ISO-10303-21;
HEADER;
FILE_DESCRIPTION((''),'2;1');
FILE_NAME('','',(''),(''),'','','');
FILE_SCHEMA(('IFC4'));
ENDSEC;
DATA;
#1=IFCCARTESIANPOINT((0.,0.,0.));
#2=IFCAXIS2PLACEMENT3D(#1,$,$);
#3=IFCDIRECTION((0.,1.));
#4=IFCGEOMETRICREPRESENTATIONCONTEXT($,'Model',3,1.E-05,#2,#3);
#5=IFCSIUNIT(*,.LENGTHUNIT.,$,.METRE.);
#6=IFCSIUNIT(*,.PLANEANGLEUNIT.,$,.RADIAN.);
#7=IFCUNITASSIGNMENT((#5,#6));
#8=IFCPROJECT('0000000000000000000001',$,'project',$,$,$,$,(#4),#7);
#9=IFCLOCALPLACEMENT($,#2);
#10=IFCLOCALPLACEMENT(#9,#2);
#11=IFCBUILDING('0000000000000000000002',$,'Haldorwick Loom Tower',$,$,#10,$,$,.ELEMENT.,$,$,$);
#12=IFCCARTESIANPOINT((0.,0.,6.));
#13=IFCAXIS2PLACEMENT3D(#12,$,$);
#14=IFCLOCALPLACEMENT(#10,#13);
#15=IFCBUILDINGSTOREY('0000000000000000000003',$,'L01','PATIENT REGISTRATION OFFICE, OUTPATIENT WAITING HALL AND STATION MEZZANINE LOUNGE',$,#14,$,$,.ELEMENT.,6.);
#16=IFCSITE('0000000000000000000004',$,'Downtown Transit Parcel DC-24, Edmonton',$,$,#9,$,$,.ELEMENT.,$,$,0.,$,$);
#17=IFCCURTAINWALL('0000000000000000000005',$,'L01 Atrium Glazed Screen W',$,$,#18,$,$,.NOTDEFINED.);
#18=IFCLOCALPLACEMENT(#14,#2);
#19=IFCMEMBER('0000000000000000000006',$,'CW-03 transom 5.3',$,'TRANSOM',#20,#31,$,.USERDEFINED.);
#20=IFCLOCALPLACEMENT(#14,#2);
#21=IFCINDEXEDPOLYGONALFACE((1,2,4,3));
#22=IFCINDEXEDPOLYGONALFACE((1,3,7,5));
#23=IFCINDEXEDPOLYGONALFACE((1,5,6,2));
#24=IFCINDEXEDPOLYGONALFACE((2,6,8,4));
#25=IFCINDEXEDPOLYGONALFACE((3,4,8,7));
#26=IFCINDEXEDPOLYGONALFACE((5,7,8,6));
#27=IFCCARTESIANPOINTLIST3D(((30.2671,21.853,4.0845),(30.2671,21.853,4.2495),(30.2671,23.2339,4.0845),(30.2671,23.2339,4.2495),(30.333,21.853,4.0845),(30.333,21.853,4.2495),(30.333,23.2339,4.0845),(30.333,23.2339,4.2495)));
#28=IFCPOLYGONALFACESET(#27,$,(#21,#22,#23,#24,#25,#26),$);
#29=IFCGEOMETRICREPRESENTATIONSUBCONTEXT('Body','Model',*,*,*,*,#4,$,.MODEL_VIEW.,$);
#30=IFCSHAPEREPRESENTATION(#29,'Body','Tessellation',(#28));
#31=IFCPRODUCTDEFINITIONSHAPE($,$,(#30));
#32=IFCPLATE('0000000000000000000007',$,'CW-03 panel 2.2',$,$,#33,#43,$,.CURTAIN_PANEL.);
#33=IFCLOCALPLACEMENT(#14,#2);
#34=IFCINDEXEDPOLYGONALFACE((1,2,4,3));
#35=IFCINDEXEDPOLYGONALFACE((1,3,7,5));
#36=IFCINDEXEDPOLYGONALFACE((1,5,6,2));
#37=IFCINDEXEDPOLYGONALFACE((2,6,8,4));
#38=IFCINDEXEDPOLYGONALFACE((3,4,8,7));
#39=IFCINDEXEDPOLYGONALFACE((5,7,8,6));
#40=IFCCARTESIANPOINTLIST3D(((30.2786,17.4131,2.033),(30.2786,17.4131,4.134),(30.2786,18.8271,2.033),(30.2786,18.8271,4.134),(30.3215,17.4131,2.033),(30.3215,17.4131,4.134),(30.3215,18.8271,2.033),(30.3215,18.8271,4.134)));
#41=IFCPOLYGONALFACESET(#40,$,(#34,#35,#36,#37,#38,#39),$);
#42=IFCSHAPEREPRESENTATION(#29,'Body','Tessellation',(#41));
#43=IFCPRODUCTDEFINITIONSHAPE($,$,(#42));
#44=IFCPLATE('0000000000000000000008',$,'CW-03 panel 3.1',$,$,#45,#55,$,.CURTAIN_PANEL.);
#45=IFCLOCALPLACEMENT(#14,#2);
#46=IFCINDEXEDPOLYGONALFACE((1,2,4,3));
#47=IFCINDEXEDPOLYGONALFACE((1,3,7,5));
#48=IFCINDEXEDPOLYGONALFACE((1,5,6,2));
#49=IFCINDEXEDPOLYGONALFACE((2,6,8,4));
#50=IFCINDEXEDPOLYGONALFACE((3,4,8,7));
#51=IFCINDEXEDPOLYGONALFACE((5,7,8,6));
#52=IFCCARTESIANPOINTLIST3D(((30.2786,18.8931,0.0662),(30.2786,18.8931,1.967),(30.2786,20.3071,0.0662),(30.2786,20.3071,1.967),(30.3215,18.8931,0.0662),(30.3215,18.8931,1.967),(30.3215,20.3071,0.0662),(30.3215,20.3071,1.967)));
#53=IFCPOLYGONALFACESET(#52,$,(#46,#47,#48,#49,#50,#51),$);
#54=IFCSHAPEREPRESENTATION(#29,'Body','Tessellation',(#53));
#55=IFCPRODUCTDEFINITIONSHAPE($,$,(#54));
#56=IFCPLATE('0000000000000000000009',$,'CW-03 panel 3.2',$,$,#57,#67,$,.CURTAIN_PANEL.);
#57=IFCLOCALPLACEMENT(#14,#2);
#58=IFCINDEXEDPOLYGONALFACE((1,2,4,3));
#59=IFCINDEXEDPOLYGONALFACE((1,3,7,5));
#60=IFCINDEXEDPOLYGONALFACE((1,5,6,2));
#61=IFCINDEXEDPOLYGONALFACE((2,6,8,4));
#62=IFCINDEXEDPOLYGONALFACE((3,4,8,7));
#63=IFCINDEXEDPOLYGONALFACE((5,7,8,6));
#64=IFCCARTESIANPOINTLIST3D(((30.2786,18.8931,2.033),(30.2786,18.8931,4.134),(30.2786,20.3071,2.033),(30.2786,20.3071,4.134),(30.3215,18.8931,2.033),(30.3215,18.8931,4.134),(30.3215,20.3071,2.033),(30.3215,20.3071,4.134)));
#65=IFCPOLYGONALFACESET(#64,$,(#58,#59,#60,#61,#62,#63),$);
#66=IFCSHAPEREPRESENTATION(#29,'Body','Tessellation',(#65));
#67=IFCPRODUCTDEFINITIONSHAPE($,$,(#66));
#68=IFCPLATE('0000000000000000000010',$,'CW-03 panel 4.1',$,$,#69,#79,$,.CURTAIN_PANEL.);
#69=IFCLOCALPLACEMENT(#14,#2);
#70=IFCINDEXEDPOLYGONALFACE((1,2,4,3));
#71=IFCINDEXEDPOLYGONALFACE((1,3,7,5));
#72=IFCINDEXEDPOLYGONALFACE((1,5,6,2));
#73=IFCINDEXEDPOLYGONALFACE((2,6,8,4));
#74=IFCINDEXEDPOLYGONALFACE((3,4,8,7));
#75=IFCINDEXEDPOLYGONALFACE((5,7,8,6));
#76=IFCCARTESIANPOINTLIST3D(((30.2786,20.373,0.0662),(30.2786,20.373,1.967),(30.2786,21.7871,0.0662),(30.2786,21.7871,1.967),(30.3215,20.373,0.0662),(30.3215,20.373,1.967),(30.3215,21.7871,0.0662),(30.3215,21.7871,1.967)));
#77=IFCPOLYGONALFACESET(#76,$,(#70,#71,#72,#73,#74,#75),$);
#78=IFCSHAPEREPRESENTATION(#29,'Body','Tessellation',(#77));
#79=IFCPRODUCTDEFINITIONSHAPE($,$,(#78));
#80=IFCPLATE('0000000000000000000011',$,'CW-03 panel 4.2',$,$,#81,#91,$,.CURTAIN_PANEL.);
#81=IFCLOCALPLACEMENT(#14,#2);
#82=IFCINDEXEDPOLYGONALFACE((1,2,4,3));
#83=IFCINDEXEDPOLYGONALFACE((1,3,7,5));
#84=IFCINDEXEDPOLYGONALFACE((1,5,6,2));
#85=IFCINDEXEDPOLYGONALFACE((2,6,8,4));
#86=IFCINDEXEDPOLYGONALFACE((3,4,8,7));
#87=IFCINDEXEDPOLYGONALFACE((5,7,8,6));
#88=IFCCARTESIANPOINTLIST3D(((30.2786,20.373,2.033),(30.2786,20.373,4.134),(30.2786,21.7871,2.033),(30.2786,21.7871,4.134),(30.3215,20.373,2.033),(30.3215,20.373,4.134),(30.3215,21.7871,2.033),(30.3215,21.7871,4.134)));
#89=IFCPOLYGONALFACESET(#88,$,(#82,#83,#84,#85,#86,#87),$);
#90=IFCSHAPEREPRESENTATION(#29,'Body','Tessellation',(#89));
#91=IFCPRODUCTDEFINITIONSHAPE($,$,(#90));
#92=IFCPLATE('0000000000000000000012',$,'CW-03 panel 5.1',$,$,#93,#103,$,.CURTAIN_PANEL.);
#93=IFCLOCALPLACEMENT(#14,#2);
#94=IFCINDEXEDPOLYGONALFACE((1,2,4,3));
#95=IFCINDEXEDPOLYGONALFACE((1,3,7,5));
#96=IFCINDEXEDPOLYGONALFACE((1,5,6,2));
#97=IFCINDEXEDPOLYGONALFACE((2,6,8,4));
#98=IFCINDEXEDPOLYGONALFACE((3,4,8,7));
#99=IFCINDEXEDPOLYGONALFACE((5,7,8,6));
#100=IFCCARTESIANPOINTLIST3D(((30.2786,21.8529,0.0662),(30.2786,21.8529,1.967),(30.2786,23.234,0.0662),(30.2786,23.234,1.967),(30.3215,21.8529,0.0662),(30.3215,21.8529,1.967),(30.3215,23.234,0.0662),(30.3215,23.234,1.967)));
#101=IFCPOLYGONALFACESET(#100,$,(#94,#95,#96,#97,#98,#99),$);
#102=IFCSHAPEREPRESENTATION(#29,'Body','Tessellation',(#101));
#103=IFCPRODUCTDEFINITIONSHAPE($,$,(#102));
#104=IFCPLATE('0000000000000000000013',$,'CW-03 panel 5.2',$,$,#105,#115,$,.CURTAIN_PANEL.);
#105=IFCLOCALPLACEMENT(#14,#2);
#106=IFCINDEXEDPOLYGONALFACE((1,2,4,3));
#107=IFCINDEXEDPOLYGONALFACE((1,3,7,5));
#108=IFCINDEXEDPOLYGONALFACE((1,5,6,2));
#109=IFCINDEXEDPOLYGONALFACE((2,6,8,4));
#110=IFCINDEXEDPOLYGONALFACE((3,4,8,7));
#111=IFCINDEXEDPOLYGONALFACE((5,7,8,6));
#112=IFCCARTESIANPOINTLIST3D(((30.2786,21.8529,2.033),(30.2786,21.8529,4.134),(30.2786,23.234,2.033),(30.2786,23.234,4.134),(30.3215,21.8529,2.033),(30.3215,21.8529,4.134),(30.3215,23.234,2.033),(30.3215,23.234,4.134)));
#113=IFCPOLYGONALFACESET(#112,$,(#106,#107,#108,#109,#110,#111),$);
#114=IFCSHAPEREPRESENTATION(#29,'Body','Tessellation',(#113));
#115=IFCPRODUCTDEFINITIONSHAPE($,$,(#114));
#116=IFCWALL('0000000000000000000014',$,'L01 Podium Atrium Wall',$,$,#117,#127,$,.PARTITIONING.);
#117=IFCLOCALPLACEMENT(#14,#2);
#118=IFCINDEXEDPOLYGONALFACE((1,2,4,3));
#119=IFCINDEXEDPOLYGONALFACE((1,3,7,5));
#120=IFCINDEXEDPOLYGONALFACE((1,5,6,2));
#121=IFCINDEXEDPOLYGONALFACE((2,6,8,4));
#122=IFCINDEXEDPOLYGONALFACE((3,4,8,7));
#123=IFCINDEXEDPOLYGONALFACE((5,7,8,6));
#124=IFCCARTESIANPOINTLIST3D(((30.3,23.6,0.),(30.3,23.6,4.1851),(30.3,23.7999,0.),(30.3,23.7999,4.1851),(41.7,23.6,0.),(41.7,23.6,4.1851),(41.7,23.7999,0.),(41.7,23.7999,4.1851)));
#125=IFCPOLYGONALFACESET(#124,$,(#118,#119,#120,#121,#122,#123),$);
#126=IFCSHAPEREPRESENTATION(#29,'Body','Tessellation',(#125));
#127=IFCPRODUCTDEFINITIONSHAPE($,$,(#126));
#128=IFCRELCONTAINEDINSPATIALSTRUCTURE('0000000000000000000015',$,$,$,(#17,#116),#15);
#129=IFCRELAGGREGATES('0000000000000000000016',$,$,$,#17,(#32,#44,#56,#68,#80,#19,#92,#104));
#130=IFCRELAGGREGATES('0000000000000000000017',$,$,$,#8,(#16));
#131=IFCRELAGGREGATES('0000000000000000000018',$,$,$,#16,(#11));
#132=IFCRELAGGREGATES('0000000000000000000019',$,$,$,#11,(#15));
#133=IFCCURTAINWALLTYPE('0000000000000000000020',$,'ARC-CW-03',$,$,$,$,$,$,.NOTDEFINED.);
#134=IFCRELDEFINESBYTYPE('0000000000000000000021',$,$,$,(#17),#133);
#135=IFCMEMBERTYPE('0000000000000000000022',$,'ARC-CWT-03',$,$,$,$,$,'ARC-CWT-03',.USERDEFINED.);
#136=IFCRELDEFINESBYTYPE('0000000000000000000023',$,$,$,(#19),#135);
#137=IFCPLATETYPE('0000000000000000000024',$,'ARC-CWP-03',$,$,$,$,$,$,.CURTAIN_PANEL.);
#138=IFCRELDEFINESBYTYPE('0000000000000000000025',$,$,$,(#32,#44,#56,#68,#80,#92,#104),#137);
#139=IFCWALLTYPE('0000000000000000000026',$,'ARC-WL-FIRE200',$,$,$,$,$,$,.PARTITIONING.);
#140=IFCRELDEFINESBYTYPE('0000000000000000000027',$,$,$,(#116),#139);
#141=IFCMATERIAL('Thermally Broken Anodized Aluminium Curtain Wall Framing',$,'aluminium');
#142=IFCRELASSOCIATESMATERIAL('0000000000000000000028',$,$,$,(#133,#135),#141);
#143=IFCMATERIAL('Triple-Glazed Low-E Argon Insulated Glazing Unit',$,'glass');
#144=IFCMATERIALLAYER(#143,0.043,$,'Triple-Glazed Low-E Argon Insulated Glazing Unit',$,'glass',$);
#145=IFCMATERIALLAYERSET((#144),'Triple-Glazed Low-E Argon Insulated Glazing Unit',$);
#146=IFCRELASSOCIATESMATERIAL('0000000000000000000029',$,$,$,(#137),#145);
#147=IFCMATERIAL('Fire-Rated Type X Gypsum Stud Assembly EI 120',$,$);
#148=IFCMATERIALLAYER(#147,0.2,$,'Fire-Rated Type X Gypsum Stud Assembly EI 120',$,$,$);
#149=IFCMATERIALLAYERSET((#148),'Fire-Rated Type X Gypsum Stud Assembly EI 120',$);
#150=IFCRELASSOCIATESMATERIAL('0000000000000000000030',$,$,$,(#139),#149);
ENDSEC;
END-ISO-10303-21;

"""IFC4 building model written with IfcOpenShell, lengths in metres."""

from ifc_helpers import new_model, si_unit, direction, frame, frame_2d, origin, origin_2d, place, context, subcontext, project, spatial, rectangle, extrude, material, layer, layer_set, material_profile, profile_set, type_object, element, aggregate, save


model = new_model("IFC4")

# Units and contexts
model_context = context("Model", 3, precision=1e-05, world=origin(), true_north=direction((0.0, 1.0)))
body_context = subcontext(model_context, "Body", "Model", "MODEL_VIEW")
ifc_project = project(units=[si_unit("LENGTHUNIT", "METRE"), si_unit("PLANEANGLEUNIT", "RADIAN")], contexts=[model_context])

# Site, building, storey
site_placement = place(None, origin())
site = spatial("IfcSite", under=ifc_project, at=site_placement, Name="Downtown Transit Parcel DC-24, Edmonton", CompositionType="ELEMENT", RefElevation=0.0)
building_placement = place(site_placement, origin())
building = spatial("IfcBuilding", under=site, at=building_placement, Name="Haldorwick Loom Tower", CompositionType="ELEMENT")
storey_placement = place(building_placement, frame((0.0, 0.0, 6.0)))
storey = spatial("IfcBuildingStorey", under=building, at=storey_placement, Name="L01", Description="PATIENT REGISTRATION OFFICE, OUTPATIENT WAITING HALL AND STATION MEZZANINE LOUNGE", CompositionType="ELEMENT", Elevation=6.0)

# Shared definitions
ifc_material_1 = material(Name="Thermally Broken Anodized Aluminium Curtain Wall Framing", Category="aluminium")
curtain_wall_type = type_object("IfcCurtainWallType", Name="ARC-CW-03", PredefinedType="NOTDEFINED", material=ifc_material_1)

# Curtain wall
curtain_wall_1_placement = place(storey_placement, origin())
curtain_wall_1 = element("IfcCurtainWall", 1, at=curtain_wall_1_placement, inside=storey, type_object=curtain_wall_type, Name="L01 Atrium Glazed Screen W", PredefinedType="NOTDEFINED")

# Member
ifc_material_profile_1 = material_profile(ifc_material_1, rectangle(XDim=0.0659, YDim=0.165, at=origin_2d()), Name="ALU_TRN_66X165", Category="aluminium")
ifc_profile_set_1 = profile_set([ifc_material_profile_1], Name="Thermally Broken Anodized Aluminium Curtain Wall Framing")
member_type_1 = type_object("IfcMemberType", Name="ARC-CWT-03", ElementType="ARC-CWT-03", PredefinedType="USERDEFINED", material=ifc_profile_set_1)
member_1_placement = place(storey_placement, frame((30.3, 21.853, 4.167), z_axis=(0.0, 1.0, 0.0), x_axis=(-1.0, 0.0, 0.0)))
member_1 = element("IfcMember", 2, at=member_1_placement, type_object=member_type_1, Name="CW-03 transom 5.3", ObjectType="TRANSOM", PredefinedType="USERDEFINED", context=body_context, shape_type="SweptSolid", body=[
    extrude(rectangle(XDim=0.0659, YDim=0.165, at=origin_2d()), origin(), (0.0, 0.0, 1.0), 1.3809),
])

# Plates
ifc_material_2 = material(Name="Triple-Glazed Low-E Argon Insulated Glazing Unit", Category="glass")
ifc_layer_1 = layer(ifc_material_2, 0.043, Name="Triple-Glazed Low-E Argon Insulated Glazing Unit", Category="glass")
ifc_layer_set_1 = layer_set([ifc_layer_1], Name="Triple-Glazed Low-E Argon Insulated Glazing Unit")
plate_type = type_object("IfcPlateType", Name="ARC-CWP-03", PredefinedType="CURTAIN_PANEL", material=ifc_layer_set_1)
plate_1_placement = place(storey_placement, frame((30.3, 18.1201, 2.033), z_axis=(0.0, 0.0, 1.0), x_axis=(0.0, 1.0, 0.0)))
plate_1 = element("IfcPlate", 3, at=plate_1_placement, type_object=plate_type, Name="CW-03 panel 2.2", PredefinedType="CURTAIN_PANEL", context=body_context, shape_type="SweptSolid", body=[
    extrude(rectangle(XDim=1.4141, YDim=0.043, at=origin_2d()), origin(), (0.0, 0.0, 1.0), 2.1011),
])
plate_2_placement = place(storey_placement, frame((30.3, 19.6001, 0.0662), z_axis=(0.0, 0.0, 1.0), x_axis=(0.0, 1.0, 0.0)))
plate_2 = element("IfcPlate", 4, at=plate_2_placement, type_object=plate_type, Name="CW-03 panel 3.1", PredefinedType="CURTAIN_PANEL", context=body_context, shape_type="SweptSolid", body=[
    extrude(rectangle(XDim=1.4141, YDim=0.043, at=origin_2d()), origin(), (0.0, 0.0, 1.0), 1.9009),
])
plate_3_placement = place(storey_placement, frame((30.3, 19.6001, 2.033), z_axis=(0.0, 0.0, 1.0), x_axis=(0.0, 1.0, 0.0)))
plate_3 = element("IfcPlate", 5, at=plate_3_placement, type_object=plate_type, Name="CW-03 panel 3.2", PredefinedType="CURTAIN_PANEL", context=body_context, shape_type="SweptSolid", body=[
    extrude(rectangle(XDim=1.4141, YDim=0.043, at=origin_2d()), origin(), (0.0, 0.0, 1.0), 2.1011),
])
plate_4_placement = place(storey_placement, frame((30.3, 21.0801, 0.0662), z_axis=(0.0, 0.0, 1.0), x_axis=(0.0, 1.0, 0.0)))
plate_4 = element("IfcPlate", 6, at=plate_4_placement, type_object=plate_type, Name="CW-03 panel 4.1", PredefinedType="CURTAIN_PANEL", context=body_context, shape_type="SweptSolid", body=[
    extrude(rectangle(XDim=1.4141, YDim=0.043, at=origin_2d()), origin(), (0.0, 0.0, 1.0), 1.9009),
])
plate_5_placement = place(storey_placement, frame((30.3, 21.0801, 2.033), z_axis=(0.0, 0.0, 1.0), x_axis=(0.0, 1.0, 0.0)))
plate_5 = element("IfcPlate", 7, at=plate_5_placement, type_object=plate_type, Name="CW-03 panel 4.2", PredefinedType="CURTAIN_PANEL", context=body_context, shape_type="SweptSolid", body=[
    extrude(rectangle(XDim=1.4141, YDim=0.043, at=origin_2d()), origin(), (0.0, 0.0, 1.0), 2.1011),
])
plate_6_placement = place(storey_placement, frame((30.3, 22.5435, 0.0662), z_axis=(0.0, 0.0, 1.0), x_axis=(0.0, 1.0, 0.0)))
plate_6 = element("IfcPlate", 8, at=plate_6_placement, type_object=plate_type, Name="CW-03 panel 5.1", PredefinedType="CURTAIN_PANEL", context=body_context, shape_type="SweptSolid", body=[
    extrude(rectangle(XDim=1.3811, YDim=0.043, at=origin_2d()), origin(), (0.0, 0.0, 1.0), 1.9009),
])
plate_7_placement = place(storey_placement, frame((30.3, 22.5435, 2.033), z_axis=(0.0, 0.0, 1.0), x_axis=(0.0, 1.0, 0.0)))
plate_7 = element("IfcPlate", 9, at=plate_7_placement, type_object=plate_type, Name="CW-03 panel 5.2", PredefinedType="CURTAIN_PANEL", context=body_context, shape_type="SweptSolid", body=[
    extrude(rectangle(XDim=1.3811, YDim=0.043, at=origin_2d()), origin(), (0.0, 0.0, 1.0), 2.1011),
])
aggregate(curtain_wall_1, [plate_1, plate_2, plate_3, plate_4, plate_5, member_1, plate_6, plate_7])

# Wall
ifc_material_3 = material(Name="Fire-Rated Type X Gypsum Stud Assembly EI 120")
ifc_layer_2 = layer(ifc_material_3, 0.2, Name="Fire-Rated Type X Gypsum Stud Assembly EI 120")
ifc_layer_set_2 = layer_set([ifc_layer_2], Name="Fire-Rated Type X Gypsum Stud Assembly EI 120")
wall_type = type_object("IfcWallType", Name="ARC-WL-FIRE200", PredefinedType="PARTITIONING", material=ifc_layer_set_2)
wall_placement = place(storey_placement, frame((30.3, 23.7, 0.0), z_axis=(0.0, 0.0, 1.0), x_axis=(1.0, 0.0, 0.0)))
element("IfcWall", 10, at=wall_placement, inside=storey, type_object=wall_type, Name="L01 Podium Atrium Wall", PredefinedType="PARTITIONING", context=body_context, shape_type="SweptSolid", body=[
    extrude(rectangle(XDim=11.3999, YDim=0.2, at=frame_2d((5.7, 0.0))), origin(), (0.0, 0.0, 1.0), 4.1851),
])

save(model, "model.ifc")
